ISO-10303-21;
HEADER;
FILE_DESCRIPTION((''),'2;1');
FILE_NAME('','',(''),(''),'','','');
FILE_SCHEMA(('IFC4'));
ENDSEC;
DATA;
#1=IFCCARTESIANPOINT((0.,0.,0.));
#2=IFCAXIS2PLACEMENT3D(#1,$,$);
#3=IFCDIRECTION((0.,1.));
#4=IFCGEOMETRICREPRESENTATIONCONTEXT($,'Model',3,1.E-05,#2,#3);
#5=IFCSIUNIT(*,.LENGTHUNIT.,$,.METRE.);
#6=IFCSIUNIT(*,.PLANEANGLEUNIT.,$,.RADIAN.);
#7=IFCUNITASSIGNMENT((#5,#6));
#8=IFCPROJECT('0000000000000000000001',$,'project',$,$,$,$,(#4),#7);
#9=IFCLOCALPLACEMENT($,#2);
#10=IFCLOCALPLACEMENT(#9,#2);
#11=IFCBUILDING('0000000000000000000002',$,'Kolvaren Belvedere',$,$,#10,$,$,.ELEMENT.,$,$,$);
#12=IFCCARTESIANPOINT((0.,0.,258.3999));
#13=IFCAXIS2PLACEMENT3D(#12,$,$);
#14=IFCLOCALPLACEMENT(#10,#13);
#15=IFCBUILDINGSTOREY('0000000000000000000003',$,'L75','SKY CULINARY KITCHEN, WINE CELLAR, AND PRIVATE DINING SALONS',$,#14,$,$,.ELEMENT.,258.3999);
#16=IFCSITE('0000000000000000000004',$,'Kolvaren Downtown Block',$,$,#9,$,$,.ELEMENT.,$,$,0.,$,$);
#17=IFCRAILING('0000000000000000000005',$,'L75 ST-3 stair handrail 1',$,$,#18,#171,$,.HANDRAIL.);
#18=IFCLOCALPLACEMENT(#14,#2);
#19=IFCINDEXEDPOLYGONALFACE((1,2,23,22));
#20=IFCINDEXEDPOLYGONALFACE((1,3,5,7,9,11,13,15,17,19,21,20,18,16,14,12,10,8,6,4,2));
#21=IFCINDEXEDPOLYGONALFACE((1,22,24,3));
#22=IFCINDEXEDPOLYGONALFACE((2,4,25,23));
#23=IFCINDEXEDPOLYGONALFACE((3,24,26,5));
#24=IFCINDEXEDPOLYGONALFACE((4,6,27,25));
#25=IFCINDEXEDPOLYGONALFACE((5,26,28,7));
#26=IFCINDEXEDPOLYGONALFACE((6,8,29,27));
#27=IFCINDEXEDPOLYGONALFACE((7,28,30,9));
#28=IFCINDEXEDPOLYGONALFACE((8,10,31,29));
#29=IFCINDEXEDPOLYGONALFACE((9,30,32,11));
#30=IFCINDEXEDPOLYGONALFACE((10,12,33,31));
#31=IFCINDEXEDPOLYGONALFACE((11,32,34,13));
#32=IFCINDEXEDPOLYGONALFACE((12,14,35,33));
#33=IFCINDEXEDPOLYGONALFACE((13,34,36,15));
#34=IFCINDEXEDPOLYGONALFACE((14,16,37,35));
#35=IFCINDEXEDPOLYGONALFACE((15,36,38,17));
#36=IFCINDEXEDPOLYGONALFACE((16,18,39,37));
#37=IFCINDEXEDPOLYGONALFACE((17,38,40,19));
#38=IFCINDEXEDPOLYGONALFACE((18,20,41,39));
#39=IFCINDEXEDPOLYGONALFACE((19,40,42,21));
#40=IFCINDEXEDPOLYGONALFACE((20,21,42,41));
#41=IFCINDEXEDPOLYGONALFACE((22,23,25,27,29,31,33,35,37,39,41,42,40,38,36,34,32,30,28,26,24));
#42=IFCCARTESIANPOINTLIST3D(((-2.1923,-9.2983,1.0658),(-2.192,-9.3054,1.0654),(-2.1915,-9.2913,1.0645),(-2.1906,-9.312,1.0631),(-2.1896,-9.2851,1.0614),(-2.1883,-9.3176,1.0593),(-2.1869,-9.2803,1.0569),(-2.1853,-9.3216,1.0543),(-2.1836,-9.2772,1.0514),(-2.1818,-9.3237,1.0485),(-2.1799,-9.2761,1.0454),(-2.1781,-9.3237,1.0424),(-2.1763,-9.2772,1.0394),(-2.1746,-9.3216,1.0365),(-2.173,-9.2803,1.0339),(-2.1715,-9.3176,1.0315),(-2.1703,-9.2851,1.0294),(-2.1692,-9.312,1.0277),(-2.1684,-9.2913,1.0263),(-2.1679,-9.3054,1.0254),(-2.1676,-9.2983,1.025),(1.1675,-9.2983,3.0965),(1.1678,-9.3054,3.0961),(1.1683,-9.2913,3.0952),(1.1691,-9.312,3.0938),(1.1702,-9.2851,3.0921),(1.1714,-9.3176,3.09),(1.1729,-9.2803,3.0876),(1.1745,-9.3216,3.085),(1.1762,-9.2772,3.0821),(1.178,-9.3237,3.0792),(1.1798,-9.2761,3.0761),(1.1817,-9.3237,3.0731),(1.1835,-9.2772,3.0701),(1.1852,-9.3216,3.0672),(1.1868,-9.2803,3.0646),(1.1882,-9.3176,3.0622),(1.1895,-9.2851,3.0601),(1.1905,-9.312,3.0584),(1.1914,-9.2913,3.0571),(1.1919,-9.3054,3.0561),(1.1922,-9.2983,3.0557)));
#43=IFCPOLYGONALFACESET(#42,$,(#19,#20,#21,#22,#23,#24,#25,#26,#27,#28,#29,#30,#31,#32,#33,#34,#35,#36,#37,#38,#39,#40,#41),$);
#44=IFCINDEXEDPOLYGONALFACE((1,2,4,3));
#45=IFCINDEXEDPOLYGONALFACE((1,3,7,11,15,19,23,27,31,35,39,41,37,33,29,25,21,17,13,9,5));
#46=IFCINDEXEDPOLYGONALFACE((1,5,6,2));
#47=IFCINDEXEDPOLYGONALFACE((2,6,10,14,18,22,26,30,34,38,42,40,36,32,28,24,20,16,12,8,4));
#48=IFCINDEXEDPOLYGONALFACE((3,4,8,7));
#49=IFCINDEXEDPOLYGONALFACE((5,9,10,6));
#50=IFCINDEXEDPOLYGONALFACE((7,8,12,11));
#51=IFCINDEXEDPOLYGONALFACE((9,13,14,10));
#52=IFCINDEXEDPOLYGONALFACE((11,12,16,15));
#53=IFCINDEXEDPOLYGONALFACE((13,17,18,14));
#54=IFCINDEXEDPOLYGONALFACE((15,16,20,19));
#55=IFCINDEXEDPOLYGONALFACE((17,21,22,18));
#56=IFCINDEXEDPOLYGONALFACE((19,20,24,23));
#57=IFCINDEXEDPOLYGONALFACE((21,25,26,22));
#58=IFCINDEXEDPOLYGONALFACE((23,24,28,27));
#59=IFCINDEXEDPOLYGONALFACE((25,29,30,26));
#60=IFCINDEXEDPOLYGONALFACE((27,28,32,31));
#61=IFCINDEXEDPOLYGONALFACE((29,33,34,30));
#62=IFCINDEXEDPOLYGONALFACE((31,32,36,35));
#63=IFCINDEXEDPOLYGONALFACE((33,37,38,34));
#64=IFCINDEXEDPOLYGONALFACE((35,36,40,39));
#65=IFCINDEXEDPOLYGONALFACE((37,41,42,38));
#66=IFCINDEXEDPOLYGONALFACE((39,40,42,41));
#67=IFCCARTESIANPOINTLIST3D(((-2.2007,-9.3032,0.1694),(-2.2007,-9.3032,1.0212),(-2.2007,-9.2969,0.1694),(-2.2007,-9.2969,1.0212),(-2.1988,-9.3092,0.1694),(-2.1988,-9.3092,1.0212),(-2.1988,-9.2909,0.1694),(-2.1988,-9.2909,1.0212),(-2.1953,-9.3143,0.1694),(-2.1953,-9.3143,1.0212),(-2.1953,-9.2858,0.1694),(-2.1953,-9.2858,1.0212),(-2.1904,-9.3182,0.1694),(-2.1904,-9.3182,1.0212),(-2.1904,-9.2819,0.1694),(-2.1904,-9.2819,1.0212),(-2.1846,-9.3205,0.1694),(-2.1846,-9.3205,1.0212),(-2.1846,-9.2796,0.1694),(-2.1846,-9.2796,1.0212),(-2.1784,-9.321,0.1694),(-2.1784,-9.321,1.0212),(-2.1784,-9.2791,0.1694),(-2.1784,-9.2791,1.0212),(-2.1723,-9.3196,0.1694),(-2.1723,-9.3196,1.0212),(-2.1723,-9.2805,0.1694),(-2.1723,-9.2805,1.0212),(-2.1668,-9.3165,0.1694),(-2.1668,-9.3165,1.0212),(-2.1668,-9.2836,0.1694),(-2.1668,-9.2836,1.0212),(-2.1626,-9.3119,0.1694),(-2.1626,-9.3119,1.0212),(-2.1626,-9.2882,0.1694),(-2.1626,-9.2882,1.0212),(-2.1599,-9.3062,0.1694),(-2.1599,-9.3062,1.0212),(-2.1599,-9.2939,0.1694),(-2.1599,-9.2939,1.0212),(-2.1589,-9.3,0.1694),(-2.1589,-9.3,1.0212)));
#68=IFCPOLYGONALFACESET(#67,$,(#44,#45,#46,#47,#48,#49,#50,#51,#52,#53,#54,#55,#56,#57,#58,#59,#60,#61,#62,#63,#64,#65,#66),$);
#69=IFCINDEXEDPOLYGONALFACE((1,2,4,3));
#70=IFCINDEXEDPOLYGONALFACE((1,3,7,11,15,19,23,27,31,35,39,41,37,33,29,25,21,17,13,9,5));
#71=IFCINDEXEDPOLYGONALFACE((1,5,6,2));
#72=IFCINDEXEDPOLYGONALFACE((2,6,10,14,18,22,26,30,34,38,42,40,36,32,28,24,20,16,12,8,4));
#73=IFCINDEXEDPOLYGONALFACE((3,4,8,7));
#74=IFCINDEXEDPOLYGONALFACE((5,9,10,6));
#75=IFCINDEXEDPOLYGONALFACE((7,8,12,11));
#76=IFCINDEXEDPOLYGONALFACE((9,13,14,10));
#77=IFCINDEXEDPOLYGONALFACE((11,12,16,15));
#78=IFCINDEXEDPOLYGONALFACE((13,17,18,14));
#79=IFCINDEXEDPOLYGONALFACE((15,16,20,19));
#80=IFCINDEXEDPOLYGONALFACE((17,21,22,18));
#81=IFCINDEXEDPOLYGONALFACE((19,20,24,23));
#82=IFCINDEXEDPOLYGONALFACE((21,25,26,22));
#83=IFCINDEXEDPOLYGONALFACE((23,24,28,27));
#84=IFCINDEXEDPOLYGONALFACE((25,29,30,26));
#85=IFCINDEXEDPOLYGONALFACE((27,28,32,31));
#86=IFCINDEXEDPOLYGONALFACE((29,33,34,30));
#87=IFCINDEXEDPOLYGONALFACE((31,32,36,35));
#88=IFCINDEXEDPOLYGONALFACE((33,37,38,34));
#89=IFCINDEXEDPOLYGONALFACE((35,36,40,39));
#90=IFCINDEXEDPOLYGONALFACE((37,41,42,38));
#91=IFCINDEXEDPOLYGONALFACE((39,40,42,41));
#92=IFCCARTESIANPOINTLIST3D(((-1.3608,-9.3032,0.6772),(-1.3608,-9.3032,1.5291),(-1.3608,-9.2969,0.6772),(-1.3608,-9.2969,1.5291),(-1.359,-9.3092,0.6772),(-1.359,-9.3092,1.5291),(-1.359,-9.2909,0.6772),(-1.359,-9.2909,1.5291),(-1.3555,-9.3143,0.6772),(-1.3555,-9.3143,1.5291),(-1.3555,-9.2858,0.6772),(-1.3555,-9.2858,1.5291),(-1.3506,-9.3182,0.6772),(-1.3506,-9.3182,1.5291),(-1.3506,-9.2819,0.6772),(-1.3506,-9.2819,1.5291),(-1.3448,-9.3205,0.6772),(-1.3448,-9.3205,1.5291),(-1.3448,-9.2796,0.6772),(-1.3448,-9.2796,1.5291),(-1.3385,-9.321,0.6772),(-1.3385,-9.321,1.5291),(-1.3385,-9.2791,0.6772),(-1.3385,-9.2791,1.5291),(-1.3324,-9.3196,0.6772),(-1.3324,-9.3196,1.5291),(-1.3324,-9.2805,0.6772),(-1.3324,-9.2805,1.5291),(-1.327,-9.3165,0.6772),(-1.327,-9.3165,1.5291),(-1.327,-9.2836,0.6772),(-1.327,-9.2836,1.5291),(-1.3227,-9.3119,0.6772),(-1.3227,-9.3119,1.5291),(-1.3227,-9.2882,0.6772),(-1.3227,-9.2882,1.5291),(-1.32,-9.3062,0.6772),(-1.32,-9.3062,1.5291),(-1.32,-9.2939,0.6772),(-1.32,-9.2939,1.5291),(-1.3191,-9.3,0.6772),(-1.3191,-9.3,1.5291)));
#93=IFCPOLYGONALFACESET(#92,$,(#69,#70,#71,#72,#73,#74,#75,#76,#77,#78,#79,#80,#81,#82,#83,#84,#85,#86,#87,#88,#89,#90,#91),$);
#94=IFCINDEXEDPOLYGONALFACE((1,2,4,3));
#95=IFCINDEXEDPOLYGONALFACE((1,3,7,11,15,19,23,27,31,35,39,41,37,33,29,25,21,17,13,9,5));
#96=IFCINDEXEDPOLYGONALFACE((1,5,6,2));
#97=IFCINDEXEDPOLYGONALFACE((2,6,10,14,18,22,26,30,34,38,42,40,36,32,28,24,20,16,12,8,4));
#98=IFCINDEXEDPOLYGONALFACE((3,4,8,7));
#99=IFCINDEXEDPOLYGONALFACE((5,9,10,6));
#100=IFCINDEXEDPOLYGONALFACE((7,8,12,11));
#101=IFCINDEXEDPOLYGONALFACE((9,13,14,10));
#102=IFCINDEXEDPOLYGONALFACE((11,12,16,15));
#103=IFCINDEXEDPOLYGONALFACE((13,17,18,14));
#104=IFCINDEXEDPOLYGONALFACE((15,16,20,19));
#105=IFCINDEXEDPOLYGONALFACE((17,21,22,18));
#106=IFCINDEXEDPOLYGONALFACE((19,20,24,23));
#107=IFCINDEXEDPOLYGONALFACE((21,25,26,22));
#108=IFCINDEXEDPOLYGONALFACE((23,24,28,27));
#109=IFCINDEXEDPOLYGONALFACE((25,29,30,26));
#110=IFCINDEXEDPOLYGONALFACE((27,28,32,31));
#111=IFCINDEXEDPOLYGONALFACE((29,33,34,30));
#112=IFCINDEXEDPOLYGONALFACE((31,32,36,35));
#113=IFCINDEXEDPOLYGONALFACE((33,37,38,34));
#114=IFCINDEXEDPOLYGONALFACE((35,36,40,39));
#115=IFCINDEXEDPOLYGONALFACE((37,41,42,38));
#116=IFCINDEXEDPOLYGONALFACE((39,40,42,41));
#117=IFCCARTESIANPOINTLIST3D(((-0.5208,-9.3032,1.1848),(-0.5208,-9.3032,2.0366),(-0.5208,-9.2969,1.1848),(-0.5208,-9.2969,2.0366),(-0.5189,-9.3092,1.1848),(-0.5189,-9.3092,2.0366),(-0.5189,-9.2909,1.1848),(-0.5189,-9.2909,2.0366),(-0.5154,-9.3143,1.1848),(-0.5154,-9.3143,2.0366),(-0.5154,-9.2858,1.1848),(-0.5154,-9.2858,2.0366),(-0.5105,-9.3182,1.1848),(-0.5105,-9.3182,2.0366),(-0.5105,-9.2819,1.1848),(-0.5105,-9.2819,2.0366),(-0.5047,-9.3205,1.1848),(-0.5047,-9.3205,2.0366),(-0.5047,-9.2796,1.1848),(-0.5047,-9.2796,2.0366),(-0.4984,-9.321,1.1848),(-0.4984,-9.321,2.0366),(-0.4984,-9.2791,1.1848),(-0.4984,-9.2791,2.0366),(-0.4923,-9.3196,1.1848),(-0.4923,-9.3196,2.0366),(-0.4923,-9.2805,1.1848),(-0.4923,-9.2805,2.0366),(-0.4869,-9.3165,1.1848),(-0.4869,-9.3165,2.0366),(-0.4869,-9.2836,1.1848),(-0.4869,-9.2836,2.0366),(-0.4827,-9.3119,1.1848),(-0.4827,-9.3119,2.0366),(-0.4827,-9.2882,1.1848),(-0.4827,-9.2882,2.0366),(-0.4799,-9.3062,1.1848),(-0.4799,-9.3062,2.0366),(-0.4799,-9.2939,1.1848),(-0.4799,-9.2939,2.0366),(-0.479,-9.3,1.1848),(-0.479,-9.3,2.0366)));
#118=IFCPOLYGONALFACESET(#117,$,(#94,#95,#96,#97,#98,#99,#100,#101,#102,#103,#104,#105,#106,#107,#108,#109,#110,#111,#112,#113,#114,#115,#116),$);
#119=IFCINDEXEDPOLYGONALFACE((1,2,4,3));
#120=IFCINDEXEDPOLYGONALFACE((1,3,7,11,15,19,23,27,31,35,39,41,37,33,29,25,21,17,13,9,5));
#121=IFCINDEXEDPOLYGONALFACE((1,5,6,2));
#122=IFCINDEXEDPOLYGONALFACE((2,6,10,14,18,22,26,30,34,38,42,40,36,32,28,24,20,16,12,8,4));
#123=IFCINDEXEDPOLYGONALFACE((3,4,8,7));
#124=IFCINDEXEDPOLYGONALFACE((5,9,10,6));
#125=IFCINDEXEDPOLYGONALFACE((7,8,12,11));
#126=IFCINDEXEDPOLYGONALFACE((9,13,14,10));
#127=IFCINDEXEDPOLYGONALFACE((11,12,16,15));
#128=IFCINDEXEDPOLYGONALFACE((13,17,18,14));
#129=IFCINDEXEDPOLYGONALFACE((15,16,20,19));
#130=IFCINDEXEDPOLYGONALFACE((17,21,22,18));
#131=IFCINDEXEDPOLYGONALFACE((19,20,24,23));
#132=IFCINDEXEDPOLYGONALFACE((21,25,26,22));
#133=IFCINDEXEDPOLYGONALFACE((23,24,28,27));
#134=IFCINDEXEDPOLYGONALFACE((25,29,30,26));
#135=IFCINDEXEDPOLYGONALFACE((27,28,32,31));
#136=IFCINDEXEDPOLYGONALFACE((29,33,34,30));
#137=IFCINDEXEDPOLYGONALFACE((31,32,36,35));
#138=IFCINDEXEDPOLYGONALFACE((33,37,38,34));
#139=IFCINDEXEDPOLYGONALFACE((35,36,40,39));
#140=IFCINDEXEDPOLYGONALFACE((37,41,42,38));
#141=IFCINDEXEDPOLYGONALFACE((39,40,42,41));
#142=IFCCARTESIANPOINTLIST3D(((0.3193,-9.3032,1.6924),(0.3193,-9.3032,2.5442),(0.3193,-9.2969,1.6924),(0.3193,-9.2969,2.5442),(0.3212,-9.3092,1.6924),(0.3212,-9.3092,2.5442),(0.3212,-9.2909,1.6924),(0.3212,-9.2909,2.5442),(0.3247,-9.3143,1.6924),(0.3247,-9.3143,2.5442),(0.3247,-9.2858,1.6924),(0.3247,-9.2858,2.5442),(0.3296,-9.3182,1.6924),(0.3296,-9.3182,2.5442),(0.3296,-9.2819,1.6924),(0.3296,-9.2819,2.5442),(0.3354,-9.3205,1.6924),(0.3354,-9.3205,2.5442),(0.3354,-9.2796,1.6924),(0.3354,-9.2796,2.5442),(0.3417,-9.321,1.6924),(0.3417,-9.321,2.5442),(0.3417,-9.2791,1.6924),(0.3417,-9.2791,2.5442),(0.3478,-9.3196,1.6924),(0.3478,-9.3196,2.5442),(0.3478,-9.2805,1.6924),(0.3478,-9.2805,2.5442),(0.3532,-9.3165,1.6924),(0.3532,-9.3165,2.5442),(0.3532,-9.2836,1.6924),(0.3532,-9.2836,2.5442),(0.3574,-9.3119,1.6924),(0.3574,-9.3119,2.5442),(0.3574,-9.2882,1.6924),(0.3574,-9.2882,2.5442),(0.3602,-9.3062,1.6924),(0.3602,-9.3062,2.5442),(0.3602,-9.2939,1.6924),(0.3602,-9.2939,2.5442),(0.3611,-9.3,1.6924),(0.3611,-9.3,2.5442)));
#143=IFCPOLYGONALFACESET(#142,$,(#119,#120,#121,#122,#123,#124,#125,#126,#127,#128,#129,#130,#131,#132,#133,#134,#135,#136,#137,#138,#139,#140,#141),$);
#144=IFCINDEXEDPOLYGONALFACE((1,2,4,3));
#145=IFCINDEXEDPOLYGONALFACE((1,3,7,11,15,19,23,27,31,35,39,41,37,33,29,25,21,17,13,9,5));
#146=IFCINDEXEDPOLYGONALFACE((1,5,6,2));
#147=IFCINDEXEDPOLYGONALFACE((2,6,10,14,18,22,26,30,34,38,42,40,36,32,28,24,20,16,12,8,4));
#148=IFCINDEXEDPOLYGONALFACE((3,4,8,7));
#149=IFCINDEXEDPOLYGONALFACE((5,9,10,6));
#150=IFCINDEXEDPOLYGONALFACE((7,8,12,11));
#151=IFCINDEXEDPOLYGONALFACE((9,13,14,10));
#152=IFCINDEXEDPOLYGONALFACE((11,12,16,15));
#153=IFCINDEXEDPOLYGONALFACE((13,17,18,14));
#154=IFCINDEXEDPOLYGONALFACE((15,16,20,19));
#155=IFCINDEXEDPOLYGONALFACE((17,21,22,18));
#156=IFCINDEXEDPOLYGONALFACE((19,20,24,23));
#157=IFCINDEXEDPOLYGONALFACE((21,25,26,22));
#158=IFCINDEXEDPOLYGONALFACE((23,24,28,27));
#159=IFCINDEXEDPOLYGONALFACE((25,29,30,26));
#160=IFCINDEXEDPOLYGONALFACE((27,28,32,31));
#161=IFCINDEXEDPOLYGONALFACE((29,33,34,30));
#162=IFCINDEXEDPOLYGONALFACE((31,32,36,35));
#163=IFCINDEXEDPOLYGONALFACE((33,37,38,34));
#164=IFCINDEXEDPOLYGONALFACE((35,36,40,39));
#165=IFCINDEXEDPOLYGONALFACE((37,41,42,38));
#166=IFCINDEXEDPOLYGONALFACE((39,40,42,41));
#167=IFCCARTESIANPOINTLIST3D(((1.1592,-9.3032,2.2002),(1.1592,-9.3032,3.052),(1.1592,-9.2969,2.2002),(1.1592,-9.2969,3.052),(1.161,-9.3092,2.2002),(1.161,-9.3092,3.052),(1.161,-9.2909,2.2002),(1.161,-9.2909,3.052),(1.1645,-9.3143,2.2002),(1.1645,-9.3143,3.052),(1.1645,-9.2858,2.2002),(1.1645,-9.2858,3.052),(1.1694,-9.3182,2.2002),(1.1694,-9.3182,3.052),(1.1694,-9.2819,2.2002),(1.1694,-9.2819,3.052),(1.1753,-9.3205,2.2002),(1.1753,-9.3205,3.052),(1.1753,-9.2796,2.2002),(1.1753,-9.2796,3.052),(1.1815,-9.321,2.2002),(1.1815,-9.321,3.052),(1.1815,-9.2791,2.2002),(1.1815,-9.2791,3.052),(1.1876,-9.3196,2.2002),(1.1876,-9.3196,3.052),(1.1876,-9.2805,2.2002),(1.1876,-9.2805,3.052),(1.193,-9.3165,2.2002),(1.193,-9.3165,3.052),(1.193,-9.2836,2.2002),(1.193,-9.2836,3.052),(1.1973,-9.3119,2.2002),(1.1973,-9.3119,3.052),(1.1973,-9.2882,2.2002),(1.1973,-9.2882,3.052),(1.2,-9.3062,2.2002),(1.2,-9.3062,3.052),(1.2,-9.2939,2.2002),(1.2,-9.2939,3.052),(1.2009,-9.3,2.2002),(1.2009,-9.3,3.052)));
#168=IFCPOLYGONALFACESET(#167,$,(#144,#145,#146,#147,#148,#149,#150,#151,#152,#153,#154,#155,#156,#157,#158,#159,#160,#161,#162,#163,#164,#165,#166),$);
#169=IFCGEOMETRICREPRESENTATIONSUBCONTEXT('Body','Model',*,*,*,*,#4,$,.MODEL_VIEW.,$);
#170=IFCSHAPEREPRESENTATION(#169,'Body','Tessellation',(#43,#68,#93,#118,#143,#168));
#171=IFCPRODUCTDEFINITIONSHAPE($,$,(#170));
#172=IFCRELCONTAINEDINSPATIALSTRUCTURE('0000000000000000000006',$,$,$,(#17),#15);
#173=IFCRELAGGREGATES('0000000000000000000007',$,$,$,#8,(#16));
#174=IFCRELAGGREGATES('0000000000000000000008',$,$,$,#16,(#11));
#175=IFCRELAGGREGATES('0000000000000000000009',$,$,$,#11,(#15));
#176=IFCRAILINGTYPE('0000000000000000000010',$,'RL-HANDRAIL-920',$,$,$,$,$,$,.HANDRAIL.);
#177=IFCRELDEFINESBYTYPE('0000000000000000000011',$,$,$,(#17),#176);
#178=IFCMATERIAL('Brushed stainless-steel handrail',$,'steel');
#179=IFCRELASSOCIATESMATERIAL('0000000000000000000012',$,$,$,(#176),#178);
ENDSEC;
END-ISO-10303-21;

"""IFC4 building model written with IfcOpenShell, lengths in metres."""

from ifc_helpers import new_model, si_unit, direction, frame, origin, origin_2d, place, context, subcontext, project, spatial, circle, extrude, material, type_object, element, save


model = new_model("IFC4")

# Units and contexts
model_context = context("Model", 3, precision=1e-05, world=origin(), true_north=direction((0.0, 1.0)))
body_context = subcontext(model_context, "Body", "Model", "MODEL_VIEW")
ifc_project = project(units=[si_unit("LENGTHUNIT", "METRE"), si_unit("PLANEANGLEUNIT", "RADIAN")], contexts=[model_context])

# Site, building, storey
site_placement = place(None, origin())
site = spatial("IfcSite", under=ifc_project, at=site_placement, Name="Kolvaren Downtown Block", CompositionType="ELEMENT", RefElevation=0.0)
building_placement = place(site_placement, origin())
building = spatial("IfcBuilding", under=site, at=building_placement, Name="Kolvaren Belvedere", CompositionType="ELEMENT")
storey_placement = place(building_placement, frame((0.0, 0.0, 258.3999)))
storey = spatial("IfcBuildingStorey", under=building, at=storey_placement, Name="L75", Description="SKY CULINARY KITCHEN, WINE CELLAR, AND PRIVATE DINING SALONS", CompositionType="ELEMENT", Elevation=258.3999)

# Railing
ifc_material_1 = material(Name="Brushed stainless-steel handrail", Category="steel")
railing_type_1 = type_object("IfcRailingType", Name="RL-HANDRAIL-920", PredefinedType="HANDRAIL", material=ifc_material_1)
railing_1_placement = place(storey_placement, frame((-2.1799, -9.3, 0.1694)))
element("IfcRailing", 1, at=railing_1_placement, inside=storey, type_object=railing_type_1, Name="L75 ST-3 stair handrail 1", PredefinedType="HANDRAIL", context=body_context, shape_type="SweptSolid", body=[
    extrude(circle(Radius=0.0239, at=origin_2d()), frame((0.0, 0.0, 0.876), z_axis=(0.85582, 0.0, 0.517273), x_axis=(0.0, 1.0, 0.0)), (0.0, 0.0, 1.0), 3.9258),
    extrude(circle(Radius=0.021, at=origin_2d()), origin(), (0.0, 0.0, 1.0), 0.8518),
    extrude(circle(Radius=0.021, at=origin_2d()), frame((0.8398, 0.0, 0.5078)), (0.0, 0.0, 1.0), 0.8518),
    extrude(circle(Radius=0.021, at=origin_2d()), frame((1.6799, 0.0, 1.0154)), (0.0, 0.0, 1.0), 0.8518),
    extrude(circle(Radius=0.021, at=origin_2d()), frame((2.52, 0.0, 1.5229)), (0.0, 0.0, 1.0), 0.8518),
    extrude(circle(Radius=0.021, at=origin_2d()), frame((3.3599, 0.0, 2.0308)), (0.0, 0.0, 1.0), 0.8518),
])

save(model, "model.ifc")
